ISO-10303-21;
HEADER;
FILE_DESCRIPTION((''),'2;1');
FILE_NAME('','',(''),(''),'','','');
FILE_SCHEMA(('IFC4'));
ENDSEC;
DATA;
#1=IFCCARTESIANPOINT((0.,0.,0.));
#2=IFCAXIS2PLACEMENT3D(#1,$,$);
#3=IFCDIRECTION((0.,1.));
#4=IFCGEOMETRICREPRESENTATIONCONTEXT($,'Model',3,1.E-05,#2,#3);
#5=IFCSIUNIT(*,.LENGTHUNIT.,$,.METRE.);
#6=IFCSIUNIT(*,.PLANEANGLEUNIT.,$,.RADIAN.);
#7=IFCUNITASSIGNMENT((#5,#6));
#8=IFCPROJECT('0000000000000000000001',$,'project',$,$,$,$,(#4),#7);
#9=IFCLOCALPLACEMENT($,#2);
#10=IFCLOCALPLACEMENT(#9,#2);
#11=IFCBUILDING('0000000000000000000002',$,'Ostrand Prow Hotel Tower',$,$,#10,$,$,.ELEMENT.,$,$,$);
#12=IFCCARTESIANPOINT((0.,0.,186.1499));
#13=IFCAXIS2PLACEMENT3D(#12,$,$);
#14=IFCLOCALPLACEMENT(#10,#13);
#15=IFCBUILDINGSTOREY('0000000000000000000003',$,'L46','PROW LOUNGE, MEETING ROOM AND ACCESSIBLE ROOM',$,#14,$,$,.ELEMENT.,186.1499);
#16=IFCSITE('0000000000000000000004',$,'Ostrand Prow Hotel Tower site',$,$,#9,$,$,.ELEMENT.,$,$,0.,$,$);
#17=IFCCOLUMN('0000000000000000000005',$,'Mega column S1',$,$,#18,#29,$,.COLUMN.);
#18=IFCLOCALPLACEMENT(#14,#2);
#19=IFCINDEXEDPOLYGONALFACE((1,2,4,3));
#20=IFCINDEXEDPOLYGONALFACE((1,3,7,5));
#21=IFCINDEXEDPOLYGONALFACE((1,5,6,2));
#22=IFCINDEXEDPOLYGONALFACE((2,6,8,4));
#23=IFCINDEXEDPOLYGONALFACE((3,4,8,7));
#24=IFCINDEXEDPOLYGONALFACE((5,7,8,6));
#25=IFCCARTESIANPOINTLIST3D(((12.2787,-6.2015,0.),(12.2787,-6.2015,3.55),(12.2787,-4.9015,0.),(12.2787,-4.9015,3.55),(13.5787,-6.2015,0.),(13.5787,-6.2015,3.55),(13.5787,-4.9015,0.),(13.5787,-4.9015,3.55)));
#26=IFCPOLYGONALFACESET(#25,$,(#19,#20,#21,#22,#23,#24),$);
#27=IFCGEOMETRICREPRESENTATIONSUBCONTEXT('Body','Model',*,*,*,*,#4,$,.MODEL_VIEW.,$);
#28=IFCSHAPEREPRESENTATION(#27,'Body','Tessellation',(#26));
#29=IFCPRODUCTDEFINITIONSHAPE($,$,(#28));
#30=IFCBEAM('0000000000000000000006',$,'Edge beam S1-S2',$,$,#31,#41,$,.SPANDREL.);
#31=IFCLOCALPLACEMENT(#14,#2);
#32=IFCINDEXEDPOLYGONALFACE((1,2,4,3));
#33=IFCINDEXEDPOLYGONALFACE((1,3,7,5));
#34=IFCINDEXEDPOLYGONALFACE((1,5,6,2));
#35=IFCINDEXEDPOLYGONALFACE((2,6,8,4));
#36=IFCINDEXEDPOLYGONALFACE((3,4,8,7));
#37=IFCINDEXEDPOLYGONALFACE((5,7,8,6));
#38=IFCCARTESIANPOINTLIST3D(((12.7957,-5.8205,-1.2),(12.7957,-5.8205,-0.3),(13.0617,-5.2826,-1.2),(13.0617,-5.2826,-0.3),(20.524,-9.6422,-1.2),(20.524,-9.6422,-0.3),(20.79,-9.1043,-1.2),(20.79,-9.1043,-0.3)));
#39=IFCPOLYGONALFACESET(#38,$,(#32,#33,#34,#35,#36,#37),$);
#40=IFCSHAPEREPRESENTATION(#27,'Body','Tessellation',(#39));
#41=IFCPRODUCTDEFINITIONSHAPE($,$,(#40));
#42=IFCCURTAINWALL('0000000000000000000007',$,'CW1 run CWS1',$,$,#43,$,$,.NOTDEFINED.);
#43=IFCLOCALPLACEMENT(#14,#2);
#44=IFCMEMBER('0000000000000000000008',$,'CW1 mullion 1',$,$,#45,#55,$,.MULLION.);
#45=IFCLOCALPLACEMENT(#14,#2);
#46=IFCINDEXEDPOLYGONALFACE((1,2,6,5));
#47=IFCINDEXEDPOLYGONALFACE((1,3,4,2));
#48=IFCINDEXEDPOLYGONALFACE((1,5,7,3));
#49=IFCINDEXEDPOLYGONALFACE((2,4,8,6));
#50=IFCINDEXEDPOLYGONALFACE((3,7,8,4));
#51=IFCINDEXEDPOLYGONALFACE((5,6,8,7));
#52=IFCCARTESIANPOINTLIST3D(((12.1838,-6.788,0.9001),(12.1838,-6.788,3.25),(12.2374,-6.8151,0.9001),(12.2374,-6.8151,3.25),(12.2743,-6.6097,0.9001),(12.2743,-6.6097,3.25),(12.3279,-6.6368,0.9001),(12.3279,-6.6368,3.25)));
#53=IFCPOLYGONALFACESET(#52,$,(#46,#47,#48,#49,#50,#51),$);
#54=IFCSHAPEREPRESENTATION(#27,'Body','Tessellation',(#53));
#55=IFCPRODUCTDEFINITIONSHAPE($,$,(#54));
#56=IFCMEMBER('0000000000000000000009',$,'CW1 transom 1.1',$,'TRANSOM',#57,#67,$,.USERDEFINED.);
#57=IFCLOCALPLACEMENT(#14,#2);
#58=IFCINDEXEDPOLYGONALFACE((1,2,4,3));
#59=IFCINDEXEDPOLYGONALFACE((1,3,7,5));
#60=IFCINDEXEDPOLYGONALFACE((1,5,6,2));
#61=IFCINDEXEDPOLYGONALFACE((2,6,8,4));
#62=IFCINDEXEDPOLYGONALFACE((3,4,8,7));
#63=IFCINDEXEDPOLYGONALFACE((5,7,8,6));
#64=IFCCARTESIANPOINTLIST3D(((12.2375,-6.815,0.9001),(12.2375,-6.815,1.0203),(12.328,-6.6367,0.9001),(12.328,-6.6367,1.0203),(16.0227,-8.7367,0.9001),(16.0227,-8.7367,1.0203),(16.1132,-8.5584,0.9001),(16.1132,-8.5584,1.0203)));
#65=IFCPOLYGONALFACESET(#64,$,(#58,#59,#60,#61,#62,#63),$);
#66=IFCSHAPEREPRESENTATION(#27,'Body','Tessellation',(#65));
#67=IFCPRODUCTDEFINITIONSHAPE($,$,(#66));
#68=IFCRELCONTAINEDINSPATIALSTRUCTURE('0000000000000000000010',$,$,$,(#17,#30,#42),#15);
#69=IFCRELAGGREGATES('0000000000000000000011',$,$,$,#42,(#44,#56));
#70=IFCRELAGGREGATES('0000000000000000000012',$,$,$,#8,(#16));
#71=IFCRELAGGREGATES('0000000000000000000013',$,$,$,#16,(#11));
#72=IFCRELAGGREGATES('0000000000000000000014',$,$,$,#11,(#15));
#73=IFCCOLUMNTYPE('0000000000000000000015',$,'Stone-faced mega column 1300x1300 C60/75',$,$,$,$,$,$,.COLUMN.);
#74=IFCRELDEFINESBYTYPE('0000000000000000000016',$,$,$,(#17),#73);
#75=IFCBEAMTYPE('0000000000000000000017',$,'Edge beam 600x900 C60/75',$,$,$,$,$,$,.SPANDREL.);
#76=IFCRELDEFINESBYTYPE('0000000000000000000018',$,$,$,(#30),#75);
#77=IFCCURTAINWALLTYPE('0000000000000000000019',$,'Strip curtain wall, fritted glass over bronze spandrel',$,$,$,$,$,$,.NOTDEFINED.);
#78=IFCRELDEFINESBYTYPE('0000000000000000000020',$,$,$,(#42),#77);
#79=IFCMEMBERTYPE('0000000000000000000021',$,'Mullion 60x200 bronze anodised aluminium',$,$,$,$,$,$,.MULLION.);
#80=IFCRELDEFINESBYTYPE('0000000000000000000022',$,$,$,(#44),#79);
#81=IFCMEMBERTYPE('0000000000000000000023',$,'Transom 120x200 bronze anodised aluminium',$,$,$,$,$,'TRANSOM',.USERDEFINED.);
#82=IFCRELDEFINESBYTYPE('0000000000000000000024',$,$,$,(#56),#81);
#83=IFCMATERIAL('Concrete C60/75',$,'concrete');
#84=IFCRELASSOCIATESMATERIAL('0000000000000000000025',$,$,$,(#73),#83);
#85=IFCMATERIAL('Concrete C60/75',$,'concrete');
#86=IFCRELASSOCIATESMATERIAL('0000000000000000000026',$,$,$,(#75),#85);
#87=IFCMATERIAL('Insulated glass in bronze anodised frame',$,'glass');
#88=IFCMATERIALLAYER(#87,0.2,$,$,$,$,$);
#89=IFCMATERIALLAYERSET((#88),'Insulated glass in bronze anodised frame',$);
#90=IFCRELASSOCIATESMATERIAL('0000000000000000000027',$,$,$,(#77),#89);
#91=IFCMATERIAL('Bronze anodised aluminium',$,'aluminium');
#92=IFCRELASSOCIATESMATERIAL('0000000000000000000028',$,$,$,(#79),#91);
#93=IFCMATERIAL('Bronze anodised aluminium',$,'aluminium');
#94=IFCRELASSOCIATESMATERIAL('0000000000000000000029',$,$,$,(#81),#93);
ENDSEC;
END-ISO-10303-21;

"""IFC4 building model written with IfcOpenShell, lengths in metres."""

from ifc_helpers import new_model, si_unit, direction, frame, origin, origin_2d, place, context, subcontext, project, spatial, rectangle, extrude, material, layer, layer_set, material_profile, profile_set, type_object, element, aggregate, save


model = new_model("IFC4")

# Units and contexts
model_context = context("Model", 3, precision=1e-05, world=origin(), true_north=direction((0.0, 1.0)))
body_context = subcontext(model_context, "Body", "Model", "MODEL_VIEW")
ifc_project = project(units=[si_unit("LENGTHUNIT", "METRE"), si_unit("PLANEANGLEUNIT", "RADIAN")], contexts=[model_context])

# Site, building, storey
site_placement = place(None, origin())
site = spatial("IfcSite", under=ifc_project, at=site_placement, Name="Ostrand Prow Hotel Tower site", CompositionType="ELEMENT", RefElevation=0.0)
building_placement = place(site_placement, origin())
building = spatial("IfcBuilding", under=site, at=building_placement, Name="Ostrand Prow Hotel Tower", CompositionType="ELEMENT")
storey_placement = place(building_placement, frame((0.0, 0.0, 186.1499)))
storey = spatial("IfcBuildingStorey", under=building, at=storey_placement, Name="L46", Description="PROW LOUNGE, MEETING ROOM AND ACCESSIBLE ROOM", CompositionType="ELEMENT", Elevation=186.1499)

# Column
ifc_material_1 = material(Name="Concrete C60/75", Category="concrete")
ifc_material_profile_1 = material_profile(ifc_material_1, rectangle(XDim=1.3, YDim=1.3, at=origin_2d()), Name="RC 1300x1300")
ifc_profile_set_1 = profile_set([ifc_material_profile_1], Name="Concrete C60/75")
column_type = type_object("IfcColumnType", Name="Stone-faced mega column 1300x1300 C60/75", PredefinedType="COLUMN", material=ifc_profile_set_1)
column_placement = place(storey_placement, frame((12.9287, -5.5515, 0.0), z_axis=(0.0, 0.0, 1.0), x_axis=(1.0, 0.0, 0.0)))
element("IfcColumn", 1, at=column_placement, inside=storey, type_object=column_type, Name="Mega column S1", PredefinedType="COLUMN", context=body_context, shape_type="SweptSolid", body=[
    extrude(rectangle(XDim=1.3, YDim=1.3, at=origin_2d()), origin(), (0.0, 0.0, 1.0), 3.55),
])

# Beam
ifc_material_2 = material(Name="Concrete C60/75", Category="concrete")
ifc_material_profile_2 = material_profile(ifc_material_2, rectangle(XDim=0.6001, YDim=0.8999, at=origin_2d()), Name="RC 600x900")
ifc_profile_set_2 = profile_set([ifc_material_profile_2], Name="Concrete C60/75")
beam_type = type_object("IfcBeamType", Name="Edge beam 600x900 C60/75", PredefinedType="SPANDREL", material=ifc_profile_set_2)
beam_placement = place(storey_placement, frame((12.9287, -5.5515, -0.75), z_axis=(0.896384, -0.443279, 0.0), x_axis=(0.443279, 0.896384, 0.0)))
element("IfcBeam", 2, at=beam_placement, inside=storey, type_object=beam_type, Name="Edge beam S1-S2", PredefinedType="SPANDREL", context=body_context, shape_type="SweptSolid", body=[
    extrude(rectangle(XDim=0.6001, YDim=0.8999, at=origin_2d()), origin(), (0.0, 0.0, 1.0), 8.6216),
])

# Curtain wall, members
ifc_material_3 = material(Name="Insulated glass in bronze anodised frame", Category="glass")
ifc_layer_1 = layer(ifc_material_3, 0.2)
ifc_layer_set_1 = layer_set([ifc_layer_1], Name="Insulated glass in bronze anodised frame")
curtain_wall_type = type_object("IfcCurtainWallType", Name="Strip curtain wall, fritted glass over bronze spandrel", PredefinedType="NOTDEFINED", material=ifc_layer_set_1)
curtain_wall_placement = place(storey_placement, origin())
curtain_wall = element("IfcCurtainWall", 3, at=curtain_wall_placement, inside=storey, type_object=curtain_wall_type, Name="CW1 run CWS1", PredefinedType="NOTDEFINED")
ifc_material_4 = material(Name="Bronze anodised aluminium", Category="aluminium")
ifc_material_profile_3 = material_profile(ifc_material_4, rectangle(XDim=0.2, YDim=0.0601, at=origin_2d()), Name="Mullion 60x200 bronze anodised aluminium")
ifc_profile_set_3 = profile_set([ifc_material_profile_3], Name="Bronze anodised aluminium")
member_type_1 = type_object("IfcMemberType", Name="Mullion 60x200 bronze anodised aluminium", PredefinedType="MULLION", material=ifc_profile_set_3)
member_1_placement = place(storey_placement, frame((12.2559, -6.7124, 0.9001), z_axis=(0.0, 0.0, 1.0), x_axis=(0.452659, 0.891684, 0.0)))
member_1 = element("IfcMember", 4, at=member_1_placement, type_object=member_type_1, Name="CW1 mullion 1", PredefinedType="MULLION", context=body_context, shape_type="SweptSolid", body=[
    extrude(rectangle(XDim=0.2, YDim=0.0601, at=origin_2d()), origin(), (0.0, 0.0, 1.0), 2.3499),
])
ifc_material_5 = material(Name="Bronze anodised aluminium", Category="aluminium")
ifc_material_profile_4 = material_profile(ifc_material_5, rectangle(XDim=0.2, YDim=0.1201, at=origin_2d()), Name="Transom 120x200 bronze anodised aluminium")
ifc_profile_set_4 = profile_set([ifc_material_profile_4], Name="Bronze anodised aluminium")
member_type_2 = type_object("IfcMemberType", Name="Transom 120x200 bronze anodised aluminium", ElementType="TRANSOM", PredefinedType="USERDEFINED", material=ifc_profile_set_4)
member_2_placement = place(storey_placement, frame((12.2827, -6.7258, 0.9602), z_axis=(0.891673, -0.45268, 0.0), x_axis=(0.45268, 0.891673, 0.0)))
member_2 = element("IfcMember", 5, at=member_2_placement, type_object=member_type_2, Name="CW1 transom 1.1", ObjectType="TRANSOM", PredefinedType="USERDEFINED", context=body_context, shape_type="SweptSolid", body=[
    extrude(rectangle(XDim=0.2, YDim=0.1201, at=origin_2d()), origin(), (0.0, 0.0, 1.0), 4.2451),
])
aggregate(curtain_wall, [member_1, member_2])

save(model, "model.ifc")
